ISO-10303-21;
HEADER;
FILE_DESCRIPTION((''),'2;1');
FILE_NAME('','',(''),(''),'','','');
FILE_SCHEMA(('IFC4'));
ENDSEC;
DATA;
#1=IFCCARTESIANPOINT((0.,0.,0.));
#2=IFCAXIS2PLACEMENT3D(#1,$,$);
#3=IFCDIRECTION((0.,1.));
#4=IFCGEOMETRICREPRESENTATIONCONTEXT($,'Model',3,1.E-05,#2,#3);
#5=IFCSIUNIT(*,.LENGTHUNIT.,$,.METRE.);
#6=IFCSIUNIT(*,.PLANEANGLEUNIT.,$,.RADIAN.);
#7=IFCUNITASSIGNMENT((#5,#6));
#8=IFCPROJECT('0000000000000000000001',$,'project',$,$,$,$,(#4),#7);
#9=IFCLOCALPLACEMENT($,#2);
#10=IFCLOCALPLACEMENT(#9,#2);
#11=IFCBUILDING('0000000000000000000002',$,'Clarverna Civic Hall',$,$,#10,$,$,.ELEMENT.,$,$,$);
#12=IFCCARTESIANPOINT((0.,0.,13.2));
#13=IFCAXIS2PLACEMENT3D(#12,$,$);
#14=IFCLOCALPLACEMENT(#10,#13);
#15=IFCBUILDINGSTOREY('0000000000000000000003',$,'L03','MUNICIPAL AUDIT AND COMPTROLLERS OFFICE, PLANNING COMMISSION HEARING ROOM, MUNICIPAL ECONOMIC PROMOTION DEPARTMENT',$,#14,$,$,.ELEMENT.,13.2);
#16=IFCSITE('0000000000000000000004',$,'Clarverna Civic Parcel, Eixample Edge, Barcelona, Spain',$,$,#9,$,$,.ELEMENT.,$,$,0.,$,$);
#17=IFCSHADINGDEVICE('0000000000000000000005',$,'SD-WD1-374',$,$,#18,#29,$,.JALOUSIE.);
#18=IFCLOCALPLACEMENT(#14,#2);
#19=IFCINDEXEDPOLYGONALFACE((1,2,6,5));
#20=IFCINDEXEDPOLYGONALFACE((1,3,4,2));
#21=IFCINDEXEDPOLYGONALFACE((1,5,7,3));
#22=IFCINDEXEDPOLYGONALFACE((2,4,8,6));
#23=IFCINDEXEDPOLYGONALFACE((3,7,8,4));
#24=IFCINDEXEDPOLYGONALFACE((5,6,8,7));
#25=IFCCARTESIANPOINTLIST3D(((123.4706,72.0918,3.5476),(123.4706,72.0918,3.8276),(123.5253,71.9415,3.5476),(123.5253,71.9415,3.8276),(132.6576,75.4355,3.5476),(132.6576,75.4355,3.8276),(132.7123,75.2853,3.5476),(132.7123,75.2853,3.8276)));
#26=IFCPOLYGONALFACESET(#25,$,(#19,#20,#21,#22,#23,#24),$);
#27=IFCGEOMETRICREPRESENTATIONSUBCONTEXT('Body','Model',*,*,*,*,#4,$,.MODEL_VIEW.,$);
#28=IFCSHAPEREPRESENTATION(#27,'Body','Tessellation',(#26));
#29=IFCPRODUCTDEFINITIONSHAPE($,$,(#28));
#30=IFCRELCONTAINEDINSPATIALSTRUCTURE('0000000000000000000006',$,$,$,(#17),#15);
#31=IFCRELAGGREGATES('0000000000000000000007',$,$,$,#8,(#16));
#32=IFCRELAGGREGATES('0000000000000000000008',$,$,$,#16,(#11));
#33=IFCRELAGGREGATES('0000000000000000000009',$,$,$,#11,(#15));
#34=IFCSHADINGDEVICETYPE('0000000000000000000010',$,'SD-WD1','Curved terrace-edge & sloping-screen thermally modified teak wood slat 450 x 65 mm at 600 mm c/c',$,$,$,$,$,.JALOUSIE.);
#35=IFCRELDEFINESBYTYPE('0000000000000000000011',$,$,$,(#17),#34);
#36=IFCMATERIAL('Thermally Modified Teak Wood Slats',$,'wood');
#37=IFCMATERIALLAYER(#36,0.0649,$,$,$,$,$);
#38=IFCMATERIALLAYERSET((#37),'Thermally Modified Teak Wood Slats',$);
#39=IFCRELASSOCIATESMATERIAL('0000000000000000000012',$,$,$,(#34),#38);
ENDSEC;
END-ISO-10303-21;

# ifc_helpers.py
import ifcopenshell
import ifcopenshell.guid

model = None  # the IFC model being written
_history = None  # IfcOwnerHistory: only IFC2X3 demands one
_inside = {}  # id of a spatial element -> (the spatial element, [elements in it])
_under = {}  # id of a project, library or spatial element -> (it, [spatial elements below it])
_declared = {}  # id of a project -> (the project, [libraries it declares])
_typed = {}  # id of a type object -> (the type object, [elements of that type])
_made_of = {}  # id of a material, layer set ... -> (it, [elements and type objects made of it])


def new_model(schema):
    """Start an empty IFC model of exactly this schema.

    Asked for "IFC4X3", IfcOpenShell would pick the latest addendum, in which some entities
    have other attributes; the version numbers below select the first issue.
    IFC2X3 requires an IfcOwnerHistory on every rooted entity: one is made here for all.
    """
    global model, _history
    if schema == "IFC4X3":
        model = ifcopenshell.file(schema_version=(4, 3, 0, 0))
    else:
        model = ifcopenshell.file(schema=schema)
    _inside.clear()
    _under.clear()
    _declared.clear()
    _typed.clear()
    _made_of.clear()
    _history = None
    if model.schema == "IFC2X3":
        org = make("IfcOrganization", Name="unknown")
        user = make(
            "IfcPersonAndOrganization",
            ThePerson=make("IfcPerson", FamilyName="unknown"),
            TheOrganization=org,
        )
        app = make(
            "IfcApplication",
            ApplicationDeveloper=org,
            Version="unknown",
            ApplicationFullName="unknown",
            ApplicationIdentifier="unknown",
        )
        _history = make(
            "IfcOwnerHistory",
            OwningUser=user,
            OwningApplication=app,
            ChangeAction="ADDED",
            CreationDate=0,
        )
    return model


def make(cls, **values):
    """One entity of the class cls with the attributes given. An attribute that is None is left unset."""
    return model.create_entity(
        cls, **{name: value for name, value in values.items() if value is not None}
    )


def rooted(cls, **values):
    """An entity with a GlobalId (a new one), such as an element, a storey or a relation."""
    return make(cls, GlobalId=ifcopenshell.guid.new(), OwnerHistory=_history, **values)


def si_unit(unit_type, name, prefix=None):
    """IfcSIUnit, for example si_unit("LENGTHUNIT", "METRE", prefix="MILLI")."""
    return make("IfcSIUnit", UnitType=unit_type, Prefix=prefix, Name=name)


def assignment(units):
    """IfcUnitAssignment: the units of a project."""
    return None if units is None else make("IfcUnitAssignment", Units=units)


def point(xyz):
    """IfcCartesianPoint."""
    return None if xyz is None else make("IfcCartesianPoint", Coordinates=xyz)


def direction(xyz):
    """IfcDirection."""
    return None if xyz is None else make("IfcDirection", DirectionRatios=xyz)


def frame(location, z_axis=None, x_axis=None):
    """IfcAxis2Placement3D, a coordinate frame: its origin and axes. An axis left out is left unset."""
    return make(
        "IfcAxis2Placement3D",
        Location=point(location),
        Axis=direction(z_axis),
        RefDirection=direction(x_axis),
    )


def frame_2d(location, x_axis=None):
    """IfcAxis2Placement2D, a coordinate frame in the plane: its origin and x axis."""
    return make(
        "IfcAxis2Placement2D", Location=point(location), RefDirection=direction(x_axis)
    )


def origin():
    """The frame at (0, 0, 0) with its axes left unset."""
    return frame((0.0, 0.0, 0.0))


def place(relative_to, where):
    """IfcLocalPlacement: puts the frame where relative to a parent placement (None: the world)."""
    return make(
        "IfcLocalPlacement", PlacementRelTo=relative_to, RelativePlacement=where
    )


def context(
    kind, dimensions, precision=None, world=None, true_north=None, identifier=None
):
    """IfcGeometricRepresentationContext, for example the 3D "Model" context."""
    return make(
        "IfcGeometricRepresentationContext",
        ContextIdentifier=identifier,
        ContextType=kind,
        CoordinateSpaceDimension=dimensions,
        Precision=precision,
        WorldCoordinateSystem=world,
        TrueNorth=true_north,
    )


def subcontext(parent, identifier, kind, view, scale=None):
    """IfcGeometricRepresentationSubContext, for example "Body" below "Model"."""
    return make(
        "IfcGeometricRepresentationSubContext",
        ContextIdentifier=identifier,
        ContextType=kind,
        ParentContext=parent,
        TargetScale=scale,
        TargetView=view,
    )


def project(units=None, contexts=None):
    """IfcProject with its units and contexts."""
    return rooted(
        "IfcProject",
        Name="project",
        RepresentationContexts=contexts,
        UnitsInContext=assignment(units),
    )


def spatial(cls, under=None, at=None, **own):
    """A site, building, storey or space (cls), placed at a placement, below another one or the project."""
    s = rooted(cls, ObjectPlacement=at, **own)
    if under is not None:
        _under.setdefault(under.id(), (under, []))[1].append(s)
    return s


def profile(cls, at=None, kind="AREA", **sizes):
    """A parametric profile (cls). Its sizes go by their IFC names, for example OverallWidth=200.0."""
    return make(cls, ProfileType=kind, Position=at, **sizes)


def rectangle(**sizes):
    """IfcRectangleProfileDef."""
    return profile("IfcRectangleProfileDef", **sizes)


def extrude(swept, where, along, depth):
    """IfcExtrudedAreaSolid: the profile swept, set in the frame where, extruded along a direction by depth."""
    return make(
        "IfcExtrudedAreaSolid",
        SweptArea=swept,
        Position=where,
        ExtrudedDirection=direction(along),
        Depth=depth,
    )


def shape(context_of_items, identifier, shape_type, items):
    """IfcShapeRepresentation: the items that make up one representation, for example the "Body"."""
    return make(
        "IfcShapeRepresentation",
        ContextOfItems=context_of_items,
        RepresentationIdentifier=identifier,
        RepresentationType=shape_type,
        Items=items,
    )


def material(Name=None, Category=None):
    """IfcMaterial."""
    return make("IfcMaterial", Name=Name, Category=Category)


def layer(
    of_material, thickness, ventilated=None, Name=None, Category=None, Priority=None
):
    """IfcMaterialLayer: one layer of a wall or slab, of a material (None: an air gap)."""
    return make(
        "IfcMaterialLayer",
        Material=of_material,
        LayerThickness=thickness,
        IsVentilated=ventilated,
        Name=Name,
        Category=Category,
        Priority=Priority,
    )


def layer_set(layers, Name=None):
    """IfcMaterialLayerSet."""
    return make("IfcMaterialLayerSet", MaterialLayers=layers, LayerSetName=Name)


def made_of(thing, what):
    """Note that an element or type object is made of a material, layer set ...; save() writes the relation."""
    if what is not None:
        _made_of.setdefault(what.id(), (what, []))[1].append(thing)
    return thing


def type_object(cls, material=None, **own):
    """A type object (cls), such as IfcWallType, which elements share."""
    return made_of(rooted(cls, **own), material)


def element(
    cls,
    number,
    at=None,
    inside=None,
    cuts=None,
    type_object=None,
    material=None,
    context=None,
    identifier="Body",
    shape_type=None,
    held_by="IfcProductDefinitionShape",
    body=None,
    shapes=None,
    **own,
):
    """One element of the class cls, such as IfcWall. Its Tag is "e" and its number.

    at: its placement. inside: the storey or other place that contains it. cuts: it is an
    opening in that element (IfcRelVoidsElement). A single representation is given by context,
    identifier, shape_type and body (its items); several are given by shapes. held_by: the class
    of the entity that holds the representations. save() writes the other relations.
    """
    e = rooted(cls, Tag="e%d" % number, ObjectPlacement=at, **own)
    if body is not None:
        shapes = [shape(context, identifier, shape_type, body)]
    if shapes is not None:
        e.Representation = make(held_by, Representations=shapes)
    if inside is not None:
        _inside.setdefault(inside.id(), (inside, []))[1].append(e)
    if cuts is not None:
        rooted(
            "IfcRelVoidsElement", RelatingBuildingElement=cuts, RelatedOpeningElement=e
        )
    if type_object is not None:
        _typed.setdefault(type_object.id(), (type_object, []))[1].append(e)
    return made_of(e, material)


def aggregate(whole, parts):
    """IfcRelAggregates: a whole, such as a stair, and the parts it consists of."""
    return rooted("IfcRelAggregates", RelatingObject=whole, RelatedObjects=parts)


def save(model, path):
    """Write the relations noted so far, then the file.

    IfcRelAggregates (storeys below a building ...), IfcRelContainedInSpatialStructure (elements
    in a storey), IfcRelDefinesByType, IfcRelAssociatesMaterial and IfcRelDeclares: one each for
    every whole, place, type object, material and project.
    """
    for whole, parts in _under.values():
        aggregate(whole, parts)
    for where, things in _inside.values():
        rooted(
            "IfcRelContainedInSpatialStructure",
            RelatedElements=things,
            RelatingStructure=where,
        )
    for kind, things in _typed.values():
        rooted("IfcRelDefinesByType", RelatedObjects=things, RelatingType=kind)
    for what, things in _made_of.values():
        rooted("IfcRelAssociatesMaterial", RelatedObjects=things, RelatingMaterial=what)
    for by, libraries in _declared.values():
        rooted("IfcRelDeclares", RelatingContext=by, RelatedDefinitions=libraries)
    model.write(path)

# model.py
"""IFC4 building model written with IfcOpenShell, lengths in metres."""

from ifc_helpers import new_model, si_unit, direction, frame, frame_2d, origin, place, context, subcontext, project, spatial, rectangle, extrude, material, layer, layer_set, type_object, element, save


model = new_model("IFC4")

# Units and contexts
model_context = context("Model", 3, precision=1e-05, world=origin(), true_north=direction((0.0, 1.0)))
body_context = subcontext(model_context, "Body", "Model", "MODEL_VIEW")
ifc_project = project(units=[si_unit("LENGTHUNIT", "METRE"), si_unit("PLANEANGLEUNIT", "RADIAN")], contexts=[model_context])

# Site, building, storey
site_placement = place(None, origin())
site = spatial("IfcSite", under=ifc_project, at=site_placement, Name="Clarverna Civic Parcel, Eixample Edge, Barcelona, Spain", CompositionType="ELEMENT", RefElevation=0.0)
building_placement = place(site_placement, origin())
building = spatial("IfcBuilding", under=site, at=building_placement, Name="Clarverna Civic Hall", CompositionType="ELEMENT")
storey_placement = place(building_placement, frame((0.0, 0.0, 13.2)))
storey = spatial("IfcBuildingStorey", under=building, at=storey_placement, Name="L03", Description="MUNICIPAL AUDIT AND COMPTROLLERS OFFICE, PLANNING COMMISSION HEARING ROOM, MUNICIPAL ECONOMIC PROMOTION DEPARTMENT", CompositionType="ELEMENT", Elevation=13.2)

# Shading device
ifc_material_1 = material(Name="Thermally Modified Teak Wood Slats", Category="wood")
ifc_layer_1 = layer(ifc_material_1, 0.0649)
ifc_layer_set_1 = layer_set([ifc_layer_1], Name="Thermally Modified Teak Wood Slats")
shading_device_type = type_object("IfcShadingDeviceType", Name="SD-WD1", Description="Curved terrace-edge & sloping-screen thermally modified teak wood slat 450 x 65 mm at 600 mm c/c", PredefinedType="JALOUSIE", material=ifc_layer_set_1)
shading_device_1_placement = place(storey_placement, frame((132.6848, 75.3604, 3.5476), z_axis=(0.0, 0.0, 1.0), x_axis=(-0.939694, -0.342016, 0.0)))
element("IfcShadingDevice", 1, at=shading_device_1_placement, inside=storey, type_object=shading_device_type, Name="SD-WD1-374", PredefinedType="JALOUSIE", context=body_context, shape_type="SweptSolid", body=[
    extrude(rectangle(XDim=9.7766, YDim=0.1599, at=frame_2d((4.8882, 0.0))), origin(), (0.0, 0.0, 1.0), 0.28),
])

save(model, "model.ifc")
